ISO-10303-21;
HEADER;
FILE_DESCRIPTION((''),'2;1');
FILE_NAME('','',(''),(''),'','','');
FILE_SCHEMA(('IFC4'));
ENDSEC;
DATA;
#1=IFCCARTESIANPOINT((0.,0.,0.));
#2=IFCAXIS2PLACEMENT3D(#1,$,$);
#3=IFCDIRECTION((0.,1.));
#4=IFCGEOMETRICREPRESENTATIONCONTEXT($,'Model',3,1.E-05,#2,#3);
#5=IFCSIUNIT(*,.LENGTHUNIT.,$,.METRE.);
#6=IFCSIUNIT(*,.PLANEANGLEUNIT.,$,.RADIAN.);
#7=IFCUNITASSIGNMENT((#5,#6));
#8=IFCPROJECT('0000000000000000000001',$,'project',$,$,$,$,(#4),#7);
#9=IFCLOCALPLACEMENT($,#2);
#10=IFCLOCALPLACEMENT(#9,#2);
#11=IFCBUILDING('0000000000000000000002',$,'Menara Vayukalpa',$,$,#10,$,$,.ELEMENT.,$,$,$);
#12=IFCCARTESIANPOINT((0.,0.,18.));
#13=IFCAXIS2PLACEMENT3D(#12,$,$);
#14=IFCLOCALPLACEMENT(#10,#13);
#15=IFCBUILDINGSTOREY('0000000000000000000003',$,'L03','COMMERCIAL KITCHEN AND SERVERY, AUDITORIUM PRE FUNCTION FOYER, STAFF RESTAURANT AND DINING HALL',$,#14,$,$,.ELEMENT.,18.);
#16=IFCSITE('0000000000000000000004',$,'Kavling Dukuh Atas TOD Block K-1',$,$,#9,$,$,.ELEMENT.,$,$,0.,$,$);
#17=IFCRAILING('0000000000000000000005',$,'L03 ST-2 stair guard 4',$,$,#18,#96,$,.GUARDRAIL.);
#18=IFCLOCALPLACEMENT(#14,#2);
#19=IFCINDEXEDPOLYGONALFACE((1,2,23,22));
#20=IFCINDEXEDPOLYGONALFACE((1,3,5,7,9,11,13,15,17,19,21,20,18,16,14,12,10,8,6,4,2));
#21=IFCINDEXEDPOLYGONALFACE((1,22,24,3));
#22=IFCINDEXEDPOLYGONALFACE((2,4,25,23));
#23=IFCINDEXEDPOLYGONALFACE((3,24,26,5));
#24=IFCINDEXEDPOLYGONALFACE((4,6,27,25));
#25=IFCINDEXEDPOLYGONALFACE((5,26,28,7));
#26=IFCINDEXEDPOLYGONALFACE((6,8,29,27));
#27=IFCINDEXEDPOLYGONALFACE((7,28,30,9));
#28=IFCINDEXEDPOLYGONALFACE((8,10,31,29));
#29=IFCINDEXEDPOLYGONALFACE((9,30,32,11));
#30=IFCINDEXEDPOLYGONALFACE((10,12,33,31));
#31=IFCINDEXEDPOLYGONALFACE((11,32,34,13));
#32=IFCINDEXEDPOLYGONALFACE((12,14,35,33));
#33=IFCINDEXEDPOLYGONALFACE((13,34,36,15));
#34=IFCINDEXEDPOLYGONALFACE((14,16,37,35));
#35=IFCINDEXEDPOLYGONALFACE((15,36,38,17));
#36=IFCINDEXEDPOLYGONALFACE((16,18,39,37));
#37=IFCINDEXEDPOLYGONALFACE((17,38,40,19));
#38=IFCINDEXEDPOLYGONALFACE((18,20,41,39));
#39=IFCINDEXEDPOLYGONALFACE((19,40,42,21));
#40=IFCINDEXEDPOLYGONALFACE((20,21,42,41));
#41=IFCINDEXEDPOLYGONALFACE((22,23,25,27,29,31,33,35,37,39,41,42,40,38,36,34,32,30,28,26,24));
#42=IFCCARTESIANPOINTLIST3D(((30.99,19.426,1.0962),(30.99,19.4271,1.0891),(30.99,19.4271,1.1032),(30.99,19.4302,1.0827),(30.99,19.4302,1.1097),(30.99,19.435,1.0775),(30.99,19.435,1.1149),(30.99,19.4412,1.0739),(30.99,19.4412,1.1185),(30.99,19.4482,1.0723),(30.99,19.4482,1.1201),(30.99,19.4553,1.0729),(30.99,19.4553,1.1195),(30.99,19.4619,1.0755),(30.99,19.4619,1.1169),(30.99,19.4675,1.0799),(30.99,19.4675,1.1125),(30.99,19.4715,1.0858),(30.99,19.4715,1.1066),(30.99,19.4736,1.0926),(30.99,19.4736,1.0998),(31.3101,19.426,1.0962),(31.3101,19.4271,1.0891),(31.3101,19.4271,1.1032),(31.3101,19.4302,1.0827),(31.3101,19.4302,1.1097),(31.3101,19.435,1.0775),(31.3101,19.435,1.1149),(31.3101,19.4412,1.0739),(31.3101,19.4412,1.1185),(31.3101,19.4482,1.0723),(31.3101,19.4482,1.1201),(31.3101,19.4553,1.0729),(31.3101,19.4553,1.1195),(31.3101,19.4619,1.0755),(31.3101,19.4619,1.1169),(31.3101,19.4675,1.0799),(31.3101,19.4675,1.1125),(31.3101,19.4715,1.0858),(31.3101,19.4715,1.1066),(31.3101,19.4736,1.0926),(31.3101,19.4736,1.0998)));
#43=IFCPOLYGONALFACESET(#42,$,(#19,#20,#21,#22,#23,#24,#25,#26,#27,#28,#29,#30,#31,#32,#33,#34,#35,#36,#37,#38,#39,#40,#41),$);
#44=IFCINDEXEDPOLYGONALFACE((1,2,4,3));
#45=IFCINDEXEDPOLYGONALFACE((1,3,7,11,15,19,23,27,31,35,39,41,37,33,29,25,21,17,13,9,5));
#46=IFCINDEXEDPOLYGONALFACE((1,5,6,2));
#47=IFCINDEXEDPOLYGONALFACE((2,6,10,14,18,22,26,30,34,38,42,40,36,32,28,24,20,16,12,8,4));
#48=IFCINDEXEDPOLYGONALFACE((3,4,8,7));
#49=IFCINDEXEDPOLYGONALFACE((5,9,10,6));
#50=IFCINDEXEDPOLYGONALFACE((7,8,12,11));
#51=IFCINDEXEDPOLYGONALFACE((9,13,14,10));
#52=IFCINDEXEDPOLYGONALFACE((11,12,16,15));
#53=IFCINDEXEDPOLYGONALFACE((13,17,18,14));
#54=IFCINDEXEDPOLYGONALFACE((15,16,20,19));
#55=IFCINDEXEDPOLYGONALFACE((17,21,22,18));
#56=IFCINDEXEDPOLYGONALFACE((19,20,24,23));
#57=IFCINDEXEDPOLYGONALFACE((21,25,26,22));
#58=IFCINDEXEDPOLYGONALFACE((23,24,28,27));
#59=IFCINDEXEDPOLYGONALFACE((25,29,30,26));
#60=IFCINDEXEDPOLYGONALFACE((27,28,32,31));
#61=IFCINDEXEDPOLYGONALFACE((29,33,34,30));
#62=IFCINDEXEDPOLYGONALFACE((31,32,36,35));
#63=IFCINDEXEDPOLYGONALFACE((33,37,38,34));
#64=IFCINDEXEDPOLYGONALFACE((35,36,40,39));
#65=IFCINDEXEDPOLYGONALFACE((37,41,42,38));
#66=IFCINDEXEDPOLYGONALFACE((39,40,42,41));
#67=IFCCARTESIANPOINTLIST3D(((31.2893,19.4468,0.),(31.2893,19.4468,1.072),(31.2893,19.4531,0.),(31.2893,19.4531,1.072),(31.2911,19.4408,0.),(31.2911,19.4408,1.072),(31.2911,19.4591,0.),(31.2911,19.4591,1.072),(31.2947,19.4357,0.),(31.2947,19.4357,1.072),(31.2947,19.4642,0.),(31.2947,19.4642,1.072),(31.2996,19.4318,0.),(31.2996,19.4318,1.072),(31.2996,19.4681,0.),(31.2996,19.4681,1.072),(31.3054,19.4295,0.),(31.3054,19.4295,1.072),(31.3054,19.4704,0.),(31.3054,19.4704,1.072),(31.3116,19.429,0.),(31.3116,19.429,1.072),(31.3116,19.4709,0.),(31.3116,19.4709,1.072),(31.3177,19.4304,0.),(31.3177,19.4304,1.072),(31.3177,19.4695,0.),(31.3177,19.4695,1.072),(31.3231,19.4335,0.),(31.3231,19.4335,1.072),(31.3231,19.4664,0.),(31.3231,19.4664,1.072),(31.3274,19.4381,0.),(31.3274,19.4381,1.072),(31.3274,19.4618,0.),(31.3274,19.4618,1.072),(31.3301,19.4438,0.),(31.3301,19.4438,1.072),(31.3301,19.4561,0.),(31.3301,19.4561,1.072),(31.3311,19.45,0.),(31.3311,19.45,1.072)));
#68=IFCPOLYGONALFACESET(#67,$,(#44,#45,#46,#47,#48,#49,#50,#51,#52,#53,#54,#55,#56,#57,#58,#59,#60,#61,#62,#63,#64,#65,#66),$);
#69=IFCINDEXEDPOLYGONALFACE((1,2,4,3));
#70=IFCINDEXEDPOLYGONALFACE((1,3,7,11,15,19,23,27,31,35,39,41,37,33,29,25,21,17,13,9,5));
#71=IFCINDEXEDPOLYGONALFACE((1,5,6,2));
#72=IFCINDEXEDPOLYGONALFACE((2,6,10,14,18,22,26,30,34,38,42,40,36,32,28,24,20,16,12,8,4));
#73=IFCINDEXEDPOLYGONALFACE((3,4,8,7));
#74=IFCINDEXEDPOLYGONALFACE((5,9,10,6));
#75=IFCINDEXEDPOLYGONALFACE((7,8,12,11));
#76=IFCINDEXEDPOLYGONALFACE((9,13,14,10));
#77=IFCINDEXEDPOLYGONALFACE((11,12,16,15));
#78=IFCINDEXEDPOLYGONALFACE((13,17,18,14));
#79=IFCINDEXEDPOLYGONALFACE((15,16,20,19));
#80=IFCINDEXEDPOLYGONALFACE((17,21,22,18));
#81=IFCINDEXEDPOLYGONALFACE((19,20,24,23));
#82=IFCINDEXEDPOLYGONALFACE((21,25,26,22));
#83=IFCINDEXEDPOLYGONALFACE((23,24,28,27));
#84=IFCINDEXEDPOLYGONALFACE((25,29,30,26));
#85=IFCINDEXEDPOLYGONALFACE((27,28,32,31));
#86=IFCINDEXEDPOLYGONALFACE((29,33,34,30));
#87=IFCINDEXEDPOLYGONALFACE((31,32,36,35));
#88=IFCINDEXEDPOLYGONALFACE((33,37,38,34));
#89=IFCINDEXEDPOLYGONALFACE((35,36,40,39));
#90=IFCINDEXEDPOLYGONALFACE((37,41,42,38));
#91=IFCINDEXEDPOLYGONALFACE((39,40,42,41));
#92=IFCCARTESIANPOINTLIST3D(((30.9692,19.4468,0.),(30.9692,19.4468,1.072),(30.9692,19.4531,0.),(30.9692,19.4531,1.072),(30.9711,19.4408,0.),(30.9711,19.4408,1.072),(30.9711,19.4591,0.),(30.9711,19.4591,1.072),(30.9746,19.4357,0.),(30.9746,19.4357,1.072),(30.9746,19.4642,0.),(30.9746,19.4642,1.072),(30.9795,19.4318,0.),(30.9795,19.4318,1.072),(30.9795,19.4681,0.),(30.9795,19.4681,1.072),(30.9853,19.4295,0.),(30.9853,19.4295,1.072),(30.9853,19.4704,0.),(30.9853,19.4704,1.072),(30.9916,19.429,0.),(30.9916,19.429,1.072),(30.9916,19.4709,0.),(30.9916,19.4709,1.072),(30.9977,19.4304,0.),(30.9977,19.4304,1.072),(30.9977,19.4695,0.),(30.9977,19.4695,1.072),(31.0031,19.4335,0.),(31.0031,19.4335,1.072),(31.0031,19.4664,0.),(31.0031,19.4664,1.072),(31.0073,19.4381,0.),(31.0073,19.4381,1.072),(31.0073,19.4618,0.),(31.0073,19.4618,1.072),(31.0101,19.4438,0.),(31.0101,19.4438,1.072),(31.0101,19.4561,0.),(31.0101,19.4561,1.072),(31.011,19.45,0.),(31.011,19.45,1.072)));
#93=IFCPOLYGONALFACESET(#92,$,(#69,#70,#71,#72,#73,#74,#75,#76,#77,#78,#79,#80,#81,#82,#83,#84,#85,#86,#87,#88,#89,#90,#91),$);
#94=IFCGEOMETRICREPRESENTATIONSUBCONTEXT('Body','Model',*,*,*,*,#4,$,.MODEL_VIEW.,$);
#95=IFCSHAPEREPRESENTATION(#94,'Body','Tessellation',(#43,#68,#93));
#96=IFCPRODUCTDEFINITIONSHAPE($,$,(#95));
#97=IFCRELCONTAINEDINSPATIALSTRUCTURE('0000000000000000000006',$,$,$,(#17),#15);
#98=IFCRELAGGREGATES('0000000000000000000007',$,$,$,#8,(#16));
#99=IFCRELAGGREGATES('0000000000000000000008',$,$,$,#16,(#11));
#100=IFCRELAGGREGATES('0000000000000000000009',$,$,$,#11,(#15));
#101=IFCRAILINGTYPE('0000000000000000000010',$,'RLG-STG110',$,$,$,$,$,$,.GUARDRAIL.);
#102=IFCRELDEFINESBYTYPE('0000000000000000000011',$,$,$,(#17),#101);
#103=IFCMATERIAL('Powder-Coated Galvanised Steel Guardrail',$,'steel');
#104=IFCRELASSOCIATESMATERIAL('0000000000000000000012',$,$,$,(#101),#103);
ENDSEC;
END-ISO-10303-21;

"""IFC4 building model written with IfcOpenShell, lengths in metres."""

from ifc_helpers import new_model, si_unit, direction, frame, origin, origin_2d, place, context, subcontext, project, spatial, circle, extrude, material, type_object, element, save


model = new_model("IFC4")

# Units and contexts
model_context = context("Model", 3, precision=1e-05, world=origin(), true_north=direction((0.0, 1.0)))
body_context = subcontext(model_context, "Body", "Model", "MODEL_VIEW")
ifc_project = project(units=[si_unit("LENGTHUNIT", "METRE"), si_unit("PLANEANGLEUNIT", "RADIAN")], contexts=[model_context])

# Site, building, storey
site_placement = place(None, origin())
site = spatial("IfcSite", under=ifc_project, at=site_placement, Name="Kavling Dukuh Atas TOD Block K-1", CompositionType="ELEMENT", RefElevation=0.0)
building_placement = place(site_placement, origin())
building = spatial("IfcBuilding", under=site, at=building_placement, Name="Menara Vayukalpa", CompositionType="ELEMENT")
storey_placement = place(building_placement, frame((0.0, 0.0, 18.0)))
storey = spatial("IfcBuildingStorey", under=building, at=storey_placement, Name="L03", Description="COMMERCIAL KITCHEN AND SERVERY, AUDITORIUM PRE FUNCTION FOYER, STAFF RESTAURANT AND DINING HALL", CompositionType="ELEMENT", Elevation=18.0)

# Railing
ifc_material_1 = material(Name="Powder-Coated Galvanised Steel Guardrail", Category="steel")
railing_type_1 = type_object("IfcRailingType", Name="RLG-STG110", PredefinedType="GUARDRAIL", material=ifc_material_1)
railing_1_placement = place(storey_placement, frame((31.3101, 19.45, 0.0)))
element("IfcRailing", 1, at=railing_1_placement, inside=storey, type_object=railing_type_1, Name="L03 ST-2 stair guard 4", PredefinedType="GUARDRAIL", context=body_context, shape_type="SweptSolid", body=[
    extrude(circle(Radius=0.0239, at=origin_2d()), frame((0.0, 0.0, 1.0962), z_axis=(-1.0, 0.0, 0.0), x_axis=(0.0, -1.0, 0.0)), (0.0, 0.0, 1.0), 0.3201),
    extrude(circle(Radius=0.021, at=origin_2d()), origin(), (0.0, 0.0, 1.0), 1.072),
    extrude(circle(Radius=0.021, at=origin_2d()), frame((-0.3201, 0.0, 0.0)), (0.0, 0.0, 1.0), 1.072),
])

save(model, "model.ifc")
